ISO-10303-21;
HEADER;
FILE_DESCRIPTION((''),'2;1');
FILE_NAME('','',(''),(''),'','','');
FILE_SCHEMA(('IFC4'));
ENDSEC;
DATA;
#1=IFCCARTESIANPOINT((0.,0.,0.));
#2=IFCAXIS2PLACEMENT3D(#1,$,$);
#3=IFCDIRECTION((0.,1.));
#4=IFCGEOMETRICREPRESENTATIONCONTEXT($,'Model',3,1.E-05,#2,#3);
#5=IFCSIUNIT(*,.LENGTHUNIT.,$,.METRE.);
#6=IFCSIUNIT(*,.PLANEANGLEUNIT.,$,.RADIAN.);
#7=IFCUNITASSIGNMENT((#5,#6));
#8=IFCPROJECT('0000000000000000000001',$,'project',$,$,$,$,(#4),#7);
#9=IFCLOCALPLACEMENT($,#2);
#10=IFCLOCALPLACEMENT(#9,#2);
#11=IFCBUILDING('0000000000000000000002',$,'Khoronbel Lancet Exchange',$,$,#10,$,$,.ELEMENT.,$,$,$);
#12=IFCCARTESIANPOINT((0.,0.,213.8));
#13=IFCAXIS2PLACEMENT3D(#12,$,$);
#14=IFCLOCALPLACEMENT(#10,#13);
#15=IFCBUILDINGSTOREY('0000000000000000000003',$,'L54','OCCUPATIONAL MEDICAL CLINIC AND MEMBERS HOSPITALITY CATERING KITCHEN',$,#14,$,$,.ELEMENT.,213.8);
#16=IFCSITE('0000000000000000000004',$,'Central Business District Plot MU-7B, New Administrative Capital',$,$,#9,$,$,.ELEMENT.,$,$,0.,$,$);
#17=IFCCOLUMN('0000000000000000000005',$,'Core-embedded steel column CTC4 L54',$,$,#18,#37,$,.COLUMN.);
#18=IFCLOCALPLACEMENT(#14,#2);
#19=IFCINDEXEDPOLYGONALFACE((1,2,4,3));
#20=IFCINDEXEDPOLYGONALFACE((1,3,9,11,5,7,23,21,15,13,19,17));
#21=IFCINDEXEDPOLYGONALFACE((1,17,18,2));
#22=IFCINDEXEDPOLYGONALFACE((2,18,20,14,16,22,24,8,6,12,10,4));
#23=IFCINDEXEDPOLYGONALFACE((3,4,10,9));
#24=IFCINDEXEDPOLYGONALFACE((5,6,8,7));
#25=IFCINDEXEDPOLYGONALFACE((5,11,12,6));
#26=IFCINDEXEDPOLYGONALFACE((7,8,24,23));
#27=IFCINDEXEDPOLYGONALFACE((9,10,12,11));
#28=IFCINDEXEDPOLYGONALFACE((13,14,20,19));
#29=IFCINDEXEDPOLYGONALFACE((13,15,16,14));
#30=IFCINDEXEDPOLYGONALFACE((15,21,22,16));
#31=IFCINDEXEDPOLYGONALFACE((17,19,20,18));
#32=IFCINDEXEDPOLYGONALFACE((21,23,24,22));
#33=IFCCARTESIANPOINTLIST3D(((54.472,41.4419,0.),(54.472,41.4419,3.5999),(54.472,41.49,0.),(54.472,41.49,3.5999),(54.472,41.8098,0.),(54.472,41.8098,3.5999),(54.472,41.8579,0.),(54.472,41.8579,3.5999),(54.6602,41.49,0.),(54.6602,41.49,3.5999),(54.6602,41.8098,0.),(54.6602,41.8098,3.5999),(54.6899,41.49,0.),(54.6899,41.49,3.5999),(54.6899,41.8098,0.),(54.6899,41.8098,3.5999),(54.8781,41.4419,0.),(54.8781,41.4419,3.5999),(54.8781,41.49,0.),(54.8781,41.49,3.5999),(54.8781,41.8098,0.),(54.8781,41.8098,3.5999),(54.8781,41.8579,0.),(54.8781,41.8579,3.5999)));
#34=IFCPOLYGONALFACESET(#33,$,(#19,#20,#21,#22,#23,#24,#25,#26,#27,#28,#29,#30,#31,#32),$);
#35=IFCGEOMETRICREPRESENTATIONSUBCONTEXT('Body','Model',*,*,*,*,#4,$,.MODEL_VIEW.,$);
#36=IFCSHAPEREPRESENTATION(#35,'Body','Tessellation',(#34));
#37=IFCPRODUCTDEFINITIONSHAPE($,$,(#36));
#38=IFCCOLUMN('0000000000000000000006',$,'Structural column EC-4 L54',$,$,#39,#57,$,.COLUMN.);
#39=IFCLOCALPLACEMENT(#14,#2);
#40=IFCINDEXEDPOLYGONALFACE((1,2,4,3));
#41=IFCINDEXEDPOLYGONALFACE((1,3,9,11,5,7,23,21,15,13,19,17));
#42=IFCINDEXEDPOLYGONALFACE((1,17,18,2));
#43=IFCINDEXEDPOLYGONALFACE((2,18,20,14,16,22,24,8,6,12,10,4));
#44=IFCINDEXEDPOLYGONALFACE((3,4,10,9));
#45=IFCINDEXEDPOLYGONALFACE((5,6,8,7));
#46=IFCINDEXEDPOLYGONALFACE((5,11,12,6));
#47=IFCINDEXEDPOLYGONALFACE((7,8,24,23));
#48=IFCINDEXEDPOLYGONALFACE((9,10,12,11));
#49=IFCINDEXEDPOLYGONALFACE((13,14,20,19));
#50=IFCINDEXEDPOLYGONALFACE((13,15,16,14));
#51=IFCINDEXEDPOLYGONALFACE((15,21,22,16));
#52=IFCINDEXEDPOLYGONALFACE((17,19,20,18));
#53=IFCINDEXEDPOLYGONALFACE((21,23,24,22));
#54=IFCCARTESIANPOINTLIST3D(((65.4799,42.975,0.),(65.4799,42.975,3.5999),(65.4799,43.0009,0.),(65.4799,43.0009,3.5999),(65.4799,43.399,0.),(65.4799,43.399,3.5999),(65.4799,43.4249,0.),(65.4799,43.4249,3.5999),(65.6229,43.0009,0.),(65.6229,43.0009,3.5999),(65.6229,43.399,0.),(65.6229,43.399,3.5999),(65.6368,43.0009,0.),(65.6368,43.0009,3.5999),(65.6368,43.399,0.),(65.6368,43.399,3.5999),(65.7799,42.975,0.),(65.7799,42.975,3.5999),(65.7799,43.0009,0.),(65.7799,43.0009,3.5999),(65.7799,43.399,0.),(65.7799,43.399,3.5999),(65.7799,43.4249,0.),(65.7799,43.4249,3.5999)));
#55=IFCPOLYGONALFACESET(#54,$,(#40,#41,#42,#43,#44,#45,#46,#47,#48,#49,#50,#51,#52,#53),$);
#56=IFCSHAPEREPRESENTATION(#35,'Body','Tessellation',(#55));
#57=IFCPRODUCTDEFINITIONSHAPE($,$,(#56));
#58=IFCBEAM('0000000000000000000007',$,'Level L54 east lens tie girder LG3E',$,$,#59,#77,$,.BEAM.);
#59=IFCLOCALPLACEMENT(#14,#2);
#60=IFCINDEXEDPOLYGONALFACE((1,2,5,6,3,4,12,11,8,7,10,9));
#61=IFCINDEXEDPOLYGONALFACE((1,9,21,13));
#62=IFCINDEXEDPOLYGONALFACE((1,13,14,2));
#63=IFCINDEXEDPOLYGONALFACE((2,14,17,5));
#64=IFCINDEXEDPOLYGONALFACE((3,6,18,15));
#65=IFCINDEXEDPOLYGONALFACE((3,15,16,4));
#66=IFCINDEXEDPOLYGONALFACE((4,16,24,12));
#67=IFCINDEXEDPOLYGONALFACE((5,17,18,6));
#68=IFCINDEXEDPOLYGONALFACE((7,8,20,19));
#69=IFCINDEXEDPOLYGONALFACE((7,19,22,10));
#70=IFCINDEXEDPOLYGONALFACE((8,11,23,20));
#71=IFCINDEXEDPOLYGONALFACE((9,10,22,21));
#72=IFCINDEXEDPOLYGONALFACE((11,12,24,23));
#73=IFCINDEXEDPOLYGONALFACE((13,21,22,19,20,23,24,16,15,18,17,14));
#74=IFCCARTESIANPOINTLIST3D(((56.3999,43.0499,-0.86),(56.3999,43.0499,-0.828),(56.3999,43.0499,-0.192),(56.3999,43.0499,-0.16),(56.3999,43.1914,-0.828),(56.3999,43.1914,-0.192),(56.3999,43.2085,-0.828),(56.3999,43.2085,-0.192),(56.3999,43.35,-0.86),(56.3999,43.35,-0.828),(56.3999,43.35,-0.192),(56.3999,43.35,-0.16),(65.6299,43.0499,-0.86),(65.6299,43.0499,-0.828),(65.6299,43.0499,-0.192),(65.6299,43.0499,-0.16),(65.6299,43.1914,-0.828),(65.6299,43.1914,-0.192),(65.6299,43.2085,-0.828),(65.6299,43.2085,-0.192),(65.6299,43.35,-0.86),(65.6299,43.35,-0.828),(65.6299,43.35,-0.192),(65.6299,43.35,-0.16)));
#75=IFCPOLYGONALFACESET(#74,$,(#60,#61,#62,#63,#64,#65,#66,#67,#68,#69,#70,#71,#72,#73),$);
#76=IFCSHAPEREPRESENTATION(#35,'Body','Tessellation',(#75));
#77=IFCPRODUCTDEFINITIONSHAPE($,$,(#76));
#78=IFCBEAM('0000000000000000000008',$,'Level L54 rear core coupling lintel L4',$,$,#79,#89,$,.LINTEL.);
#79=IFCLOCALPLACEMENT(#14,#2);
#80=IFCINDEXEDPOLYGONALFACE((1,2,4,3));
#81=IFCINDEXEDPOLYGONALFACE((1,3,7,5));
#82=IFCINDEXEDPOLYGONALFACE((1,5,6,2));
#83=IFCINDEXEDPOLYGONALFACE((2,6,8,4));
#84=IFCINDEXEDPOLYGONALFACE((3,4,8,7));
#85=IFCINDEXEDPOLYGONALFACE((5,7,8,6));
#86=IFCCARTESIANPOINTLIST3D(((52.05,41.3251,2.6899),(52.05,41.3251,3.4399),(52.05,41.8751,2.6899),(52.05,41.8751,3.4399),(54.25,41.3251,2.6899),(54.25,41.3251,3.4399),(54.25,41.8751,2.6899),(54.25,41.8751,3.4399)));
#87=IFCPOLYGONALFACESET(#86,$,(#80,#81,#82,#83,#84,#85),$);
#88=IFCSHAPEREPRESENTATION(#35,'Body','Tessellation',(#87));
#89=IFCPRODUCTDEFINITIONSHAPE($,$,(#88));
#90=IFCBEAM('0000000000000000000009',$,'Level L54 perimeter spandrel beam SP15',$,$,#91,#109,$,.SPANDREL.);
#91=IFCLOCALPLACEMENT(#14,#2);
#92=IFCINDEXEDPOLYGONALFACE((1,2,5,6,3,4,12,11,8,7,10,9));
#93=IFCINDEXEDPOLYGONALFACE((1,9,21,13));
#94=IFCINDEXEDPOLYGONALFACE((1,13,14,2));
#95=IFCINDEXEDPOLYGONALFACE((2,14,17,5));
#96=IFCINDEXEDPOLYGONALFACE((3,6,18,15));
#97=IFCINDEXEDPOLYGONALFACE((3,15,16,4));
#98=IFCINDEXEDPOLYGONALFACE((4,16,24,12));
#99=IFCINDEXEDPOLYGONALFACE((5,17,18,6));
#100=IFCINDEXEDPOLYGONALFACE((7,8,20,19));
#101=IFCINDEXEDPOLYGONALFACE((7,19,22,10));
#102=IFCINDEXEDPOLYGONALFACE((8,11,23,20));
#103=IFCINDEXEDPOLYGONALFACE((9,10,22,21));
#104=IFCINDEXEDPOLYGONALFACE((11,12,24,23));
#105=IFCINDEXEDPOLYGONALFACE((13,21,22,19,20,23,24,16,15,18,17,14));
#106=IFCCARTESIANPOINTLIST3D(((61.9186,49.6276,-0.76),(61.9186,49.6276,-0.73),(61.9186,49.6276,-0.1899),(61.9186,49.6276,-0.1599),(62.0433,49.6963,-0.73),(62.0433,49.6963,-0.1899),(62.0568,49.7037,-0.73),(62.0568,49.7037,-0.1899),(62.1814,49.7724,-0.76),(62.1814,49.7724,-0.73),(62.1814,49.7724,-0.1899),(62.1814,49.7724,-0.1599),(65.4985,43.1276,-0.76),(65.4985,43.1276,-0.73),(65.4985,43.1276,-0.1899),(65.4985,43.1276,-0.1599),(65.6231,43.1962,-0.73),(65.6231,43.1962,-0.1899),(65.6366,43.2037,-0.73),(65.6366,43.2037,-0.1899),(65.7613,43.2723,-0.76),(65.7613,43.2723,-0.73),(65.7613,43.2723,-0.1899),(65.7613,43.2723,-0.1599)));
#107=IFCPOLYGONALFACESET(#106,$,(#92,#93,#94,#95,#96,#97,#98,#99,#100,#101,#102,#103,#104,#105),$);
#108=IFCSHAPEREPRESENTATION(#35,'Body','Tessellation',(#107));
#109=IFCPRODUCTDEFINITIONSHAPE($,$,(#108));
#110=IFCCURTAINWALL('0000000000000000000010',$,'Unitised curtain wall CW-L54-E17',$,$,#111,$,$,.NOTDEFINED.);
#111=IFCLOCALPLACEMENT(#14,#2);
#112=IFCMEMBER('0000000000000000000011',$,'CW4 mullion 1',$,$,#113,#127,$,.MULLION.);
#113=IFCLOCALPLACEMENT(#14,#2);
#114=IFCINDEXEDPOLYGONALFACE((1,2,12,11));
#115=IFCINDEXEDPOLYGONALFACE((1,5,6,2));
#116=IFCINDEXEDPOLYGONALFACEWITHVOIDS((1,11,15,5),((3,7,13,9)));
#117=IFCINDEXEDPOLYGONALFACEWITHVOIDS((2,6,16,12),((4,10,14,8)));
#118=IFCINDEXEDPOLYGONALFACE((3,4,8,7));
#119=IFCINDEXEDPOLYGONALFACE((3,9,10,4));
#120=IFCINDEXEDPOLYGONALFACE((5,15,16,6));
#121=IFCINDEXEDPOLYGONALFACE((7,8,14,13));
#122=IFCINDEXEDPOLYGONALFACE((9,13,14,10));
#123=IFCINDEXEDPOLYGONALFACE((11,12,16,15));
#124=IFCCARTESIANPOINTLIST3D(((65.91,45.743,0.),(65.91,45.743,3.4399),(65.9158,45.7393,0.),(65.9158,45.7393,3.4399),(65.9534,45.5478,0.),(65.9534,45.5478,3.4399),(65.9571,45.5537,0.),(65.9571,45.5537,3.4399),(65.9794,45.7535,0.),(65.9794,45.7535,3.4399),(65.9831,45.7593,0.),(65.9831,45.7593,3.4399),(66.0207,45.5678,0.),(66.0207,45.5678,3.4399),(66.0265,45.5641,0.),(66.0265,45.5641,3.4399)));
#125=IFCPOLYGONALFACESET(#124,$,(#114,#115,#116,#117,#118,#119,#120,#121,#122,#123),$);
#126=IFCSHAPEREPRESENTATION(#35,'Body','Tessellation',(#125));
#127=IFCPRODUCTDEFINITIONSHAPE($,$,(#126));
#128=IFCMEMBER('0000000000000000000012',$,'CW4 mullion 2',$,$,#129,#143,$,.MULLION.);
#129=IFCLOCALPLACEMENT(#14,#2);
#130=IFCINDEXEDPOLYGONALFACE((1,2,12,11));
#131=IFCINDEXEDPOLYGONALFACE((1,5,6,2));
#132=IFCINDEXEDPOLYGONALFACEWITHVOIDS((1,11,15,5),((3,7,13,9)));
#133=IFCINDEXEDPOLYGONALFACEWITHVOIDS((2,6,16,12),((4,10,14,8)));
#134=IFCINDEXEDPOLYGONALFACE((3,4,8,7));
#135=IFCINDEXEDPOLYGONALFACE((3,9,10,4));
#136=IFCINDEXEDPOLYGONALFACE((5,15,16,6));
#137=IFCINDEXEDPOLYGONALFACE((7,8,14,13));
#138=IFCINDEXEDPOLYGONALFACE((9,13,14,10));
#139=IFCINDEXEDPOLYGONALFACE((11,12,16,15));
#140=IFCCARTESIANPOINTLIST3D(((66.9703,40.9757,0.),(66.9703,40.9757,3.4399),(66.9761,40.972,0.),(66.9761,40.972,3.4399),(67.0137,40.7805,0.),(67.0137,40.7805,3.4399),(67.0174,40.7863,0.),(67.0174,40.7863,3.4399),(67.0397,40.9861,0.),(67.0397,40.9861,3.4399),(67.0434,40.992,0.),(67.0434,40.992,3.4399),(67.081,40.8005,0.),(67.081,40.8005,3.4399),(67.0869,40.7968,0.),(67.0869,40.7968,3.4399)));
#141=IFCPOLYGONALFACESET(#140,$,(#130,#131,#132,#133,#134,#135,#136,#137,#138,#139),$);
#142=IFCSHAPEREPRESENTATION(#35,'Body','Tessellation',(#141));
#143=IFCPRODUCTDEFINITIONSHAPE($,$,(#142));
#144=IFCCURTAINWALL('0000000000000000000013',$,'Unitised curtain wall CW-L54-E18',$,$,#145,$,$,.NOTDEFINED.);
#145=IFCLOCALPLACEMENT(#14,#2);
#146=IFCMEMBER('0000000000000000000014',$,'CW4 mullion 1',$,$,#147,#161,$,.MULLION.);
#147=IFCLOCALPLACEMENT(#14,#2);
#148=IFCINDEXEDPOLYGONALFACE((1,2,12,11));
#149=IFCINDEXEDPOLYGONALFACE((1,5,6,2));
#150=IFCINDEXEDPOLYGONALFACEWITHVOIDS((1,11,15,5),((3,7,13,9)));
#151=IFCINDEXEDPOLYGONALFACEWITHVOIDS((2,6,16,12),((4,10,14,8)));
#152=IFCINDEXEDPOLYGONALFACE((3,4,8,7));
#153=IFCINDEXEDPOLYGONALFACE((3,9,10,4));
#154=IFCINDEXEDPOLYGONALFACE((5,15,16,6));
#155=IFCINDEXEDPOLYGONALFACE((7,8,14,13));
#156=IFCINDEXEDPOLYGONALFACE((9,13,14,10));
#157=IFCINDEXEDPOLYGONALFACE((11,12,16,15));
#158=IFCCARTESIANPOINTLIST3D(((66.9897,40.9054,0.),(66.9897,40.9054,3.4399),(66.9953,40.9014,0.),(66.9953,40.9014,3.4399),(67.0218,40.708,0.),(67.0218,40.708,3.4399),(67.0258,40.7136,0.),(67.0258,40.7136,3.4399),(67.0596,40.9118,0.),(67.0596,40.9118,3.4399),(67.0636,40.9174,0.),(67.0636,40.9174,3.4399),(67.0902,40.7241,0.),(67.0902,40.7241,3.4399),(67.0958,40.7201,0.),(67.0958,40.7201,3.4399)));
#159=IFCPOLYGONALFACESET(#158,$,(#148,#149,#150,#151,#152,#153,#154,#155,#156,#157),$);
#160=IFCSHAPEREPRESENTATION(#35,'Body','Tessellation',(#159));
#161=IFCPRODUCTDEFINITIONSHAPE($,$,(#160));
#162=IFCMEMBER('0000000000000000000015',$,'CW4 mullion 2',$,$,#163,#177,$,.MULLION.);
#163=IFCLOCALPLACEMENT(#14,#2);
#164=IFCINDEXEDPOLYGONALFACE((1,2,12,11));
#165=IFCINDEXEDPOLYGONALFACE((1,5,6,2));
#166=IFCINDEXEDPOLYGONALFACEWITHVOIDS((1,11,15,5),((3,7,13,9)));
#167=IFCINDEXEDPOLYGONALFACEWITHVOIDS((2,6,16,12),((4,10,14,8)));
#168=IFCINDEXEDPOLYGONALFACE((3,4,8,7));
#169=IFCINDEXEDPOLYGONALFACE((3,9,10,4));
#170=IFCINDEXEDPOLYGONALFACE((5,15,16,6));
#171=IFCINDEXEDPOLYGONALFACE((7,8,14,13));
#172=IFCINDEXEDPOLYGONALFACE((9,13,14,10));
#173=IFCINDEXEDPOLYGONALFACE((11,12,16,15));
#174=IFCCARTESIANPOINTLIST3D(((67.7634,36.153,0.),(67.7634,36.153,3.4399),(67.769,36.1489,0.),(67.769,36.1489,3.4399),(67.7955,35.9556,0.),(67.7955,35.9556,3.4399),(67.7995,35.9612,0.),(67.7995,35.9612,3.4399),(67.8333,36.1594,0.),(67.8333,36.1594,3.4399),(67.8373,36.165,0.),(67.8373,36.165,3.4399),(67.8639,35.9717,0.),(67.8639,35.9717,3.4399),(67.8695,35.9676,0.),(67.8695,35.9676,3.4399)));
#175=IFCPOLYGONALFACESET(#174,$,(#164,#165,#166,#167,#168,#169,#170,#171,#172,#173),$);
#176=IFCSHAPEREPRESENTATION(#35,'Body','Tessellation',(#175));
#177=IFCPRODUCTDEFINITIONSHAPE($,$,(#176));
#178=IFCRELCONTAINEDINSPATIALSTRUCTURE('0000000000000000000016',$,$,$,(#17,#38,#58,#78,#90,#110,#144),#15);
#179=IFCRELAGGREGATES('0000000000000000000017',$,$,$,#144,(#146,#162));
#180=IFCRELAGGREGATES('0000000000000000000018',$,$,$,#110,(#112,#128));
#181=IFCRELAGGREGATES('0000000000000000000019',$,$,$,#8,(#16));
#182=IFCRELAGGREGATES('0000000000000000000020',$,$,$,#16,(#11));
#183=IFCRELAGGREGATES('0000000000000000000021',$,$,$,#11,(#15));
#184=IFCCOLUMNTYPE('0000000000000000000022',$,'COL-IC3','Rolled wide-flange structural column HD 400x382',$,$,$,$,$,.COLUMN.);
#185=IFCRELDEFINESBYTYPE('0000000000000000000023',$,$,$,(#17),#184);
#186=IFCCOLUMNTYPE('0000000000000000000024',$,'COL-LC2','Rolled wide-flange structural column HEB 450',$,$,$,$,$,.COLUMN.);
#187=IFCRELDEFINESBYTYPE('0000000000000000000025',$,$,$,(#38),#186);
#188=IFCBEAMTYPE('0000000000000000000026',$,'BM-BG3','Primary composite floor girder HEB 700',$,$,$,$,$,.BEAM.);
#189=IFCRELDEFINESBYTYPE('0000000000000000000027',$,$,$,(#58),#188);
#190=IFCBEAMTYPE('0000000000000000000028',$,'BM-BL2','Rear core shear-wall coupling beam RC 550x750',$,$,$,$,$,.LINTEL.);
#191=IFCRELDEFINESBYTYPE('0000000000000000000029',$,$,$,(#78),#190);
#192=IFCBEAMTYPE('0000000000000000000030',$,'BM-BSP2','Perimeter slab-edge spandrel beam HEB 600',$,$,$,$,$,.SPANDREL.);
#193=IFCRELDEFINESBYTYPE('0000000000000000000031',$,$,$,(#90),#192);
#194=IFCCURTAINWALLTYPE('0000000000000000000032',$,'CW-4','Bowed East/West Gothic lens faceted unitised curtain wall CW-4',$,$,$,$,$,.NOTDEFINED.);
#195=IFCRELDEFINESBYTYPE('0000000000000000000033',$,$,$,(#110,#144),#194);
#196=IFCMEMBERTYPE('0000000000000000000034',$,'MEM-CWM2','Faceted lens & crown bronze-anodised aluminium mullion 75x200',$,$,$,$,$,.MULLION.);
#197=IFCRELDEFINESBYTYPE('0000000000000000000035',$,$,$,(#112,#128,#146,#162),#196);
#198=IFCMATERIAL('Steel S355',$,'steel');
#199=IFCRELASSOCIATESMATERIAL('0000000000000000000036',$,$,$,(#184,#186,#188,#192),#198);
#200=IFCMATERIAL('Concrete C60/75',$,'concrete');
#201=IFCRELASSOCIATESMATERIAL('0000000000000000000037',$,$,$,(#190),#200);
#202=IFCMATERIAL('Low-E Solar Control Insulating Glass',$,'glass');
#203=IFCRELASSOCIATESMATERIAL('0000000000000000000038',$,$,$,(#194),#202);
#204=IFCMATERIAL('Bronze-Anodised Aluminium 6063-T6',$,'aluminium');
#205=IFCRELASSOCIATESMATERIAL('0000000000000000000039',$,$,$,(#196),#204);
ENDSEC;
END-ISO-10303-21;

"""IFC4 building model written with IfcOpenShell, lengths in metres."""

from ifc_helpers import new_model, si_unit, direction, frame, origin, origin_2d, place, context, subcontext, project, spatial, rectangle, hollow_rectangle, i_section, extrude, material, material_profile, profile_set, type_object, element, aggregate, save


model = new_model("IFC4")

# Units and contexts
model_context = context("Model", 3, precision=1e-05, world=origin(), true_north=direction((0.0, 1.0)))
body_context = subcontext(model_context, "Body", "Model", "MODEL_VIEW")
ifc_project = project(units=[si_unit("LENGTHUNIT", "METRE"), si_unit("PLANEANGLEUNIT", "RADIAN")], contexts=[model_context])

# Site, building, storey
site_placement = place(None, origin())
site = spatial("IfcSite", under=ifc_project, at=site_placement, Name="Central Business District Plot MU-7B, New Administrative Capital", CompositionType="ELEMENT", RefElevation=0.0)
building_placement = place(site_placement, origin())
building = spatial("IfcBuilding", under=site, at=building_placement, Name="Khoronbel Lancet Exchange", CompositionType="ELEMENT")
storey_placement = place(building_placement, frame((0.0, 0.0, 213.8)))
storey = spatial("IfcBuildingStorey", under=building, at=storey_placement, Name="L54", Description="OCCUPATIONAL MEDICAL CLINIC AND MEMBERS HOSPITALITY CATERING KITCHEN", CompositionType="ELEMENT", Elevation=213.8)

# Columns
ifc_material_1 = material(Name="Steel S355", Category="steel")
ifc_material_profile_1 = material_profile(ifc_material_1, i_section(OverallWidth=0.406, OverallDepth=0.416, WebThickness=0.0298, FlangeThickness=0.0481, at=origin_2d()), Name="HD 400x382")
ifc_profile_set_1 = profile_set([ifc_material_profile_1], Name="Steel S355")
column_type_1 = type_object("IfcColumnType", Name="COL-IC3", Description="Rolled wide-flange structural column HD 400x382", PredefinedType="COLUMN", material=ifc_profile_set_1)
column_1_placement = place(storey_placement, frame((54.675, 41.6499, 0.0), z_axis=(0.0, 0.0, 1.0), x_axis=(1.0, 0.0, 0.0)))
element("IfcColumn", 1, at=column_1_placement, inside=storey, type_object=column_type_1, Name="Core-embedded steel column CTC4 L54", PredefinedType="COLUMN", context=body_context, shape_type="SweptSolid", body=[
    extrude(i_section(OverallWidth=0.406, OverallDepth=0.416, WebThickness=0.0298, FlangeThickness=0.0481, at=origin_2d()), origin(), (0.0, 0.0, 1.0), 3.5999),
])
ifc_material_profile_2 = material_profile(ifc_material_1, i_section(OverallWidth=0.3, OverallDepth=0.45, WebThickness=0.0139, FlangeThickness=0.0259, at=origin_2d()), Name="HEB 450")
ifc_profile_set_2 = profile_set([ifc_material_profile_2], Name="Steel S355")
column_type_2 = type_object("IfcColumnType", Name="COL-LC2", Description="Rolled wide-flange structural column HEB 450", PredefinedType="COLUMN", material=ifc_profile_set_2)
column_2_placement = place(storey_placement, frame((65.6299, 43.2, 0.0), z_axis=(0.0, 0.0, 1.0), x_axis=(1.0, 0.0, 0.0)))
element("IfcColumn", 2, at=column_2_placement, inside=storey, type_object=column_type_2, Name="Structural column EC-4 L54", PredefinedType="COLUMN", context=body_context, shape_type="SweptSolid", body=[
    extrude(i_section(OverallWidth=0.3, OverallDepth=0.45, WebThickness=0.0139, FlangeThickness=0.0259, at=origin_2d()), origin(), (0.0, 0.0, 1.0), 3.5999),
])

# Beams
ifc_material_profile_3 = material_profile(ifc_material_1, i_section(OverallWidth=0.3, OverallDepth=0.7, WebThickness=0.0171, FlangeThickness=0.032, at=origin_2d()), Name="HEB 700")
ifc_profile_set_3 = profile_set([ifc_material_profile_3], Name="Steel S355")
beam_type_1 = type_object("IfcBeamType", Name="BM-BG3", Description="Primary composite floor girder HEB 700", PredefinedType="BEAM", material=ifc_profile_set_3)
beam_1_placement = place(storey_placement, frame((56.3999, 43.2, -0.51), z_axis=(1.0, 0.0, 0.0), x_axis=(0.0, 1.0, 0.0)))
element("IfcBeam", 3, at=beam_1_placement, inside=storey, type_object=beam_type_1, Name="Level L54 east lens tie girder LG3E", PredefinedType="BEAM", context=body_context, shape_type="SweptSolid", body=[
    extrude(i_section(OverallWidth=0.3, OverallDepth=0.7, WebThickness=0.0171, FlangeThickness=0.032, at=origin_2d()), origin(), (0.0, 0.0, 1.0), 9.23),
])
ifc_material_2 = material(Name="Concrete C60/75", Category="concrete")
ifc_material_profile_4 = material_profile(ifc_material_2, rectangle(XDim=0.55, YDim=0.75, at=origin_2d()), Name="RC 550x750")
ifc_profile_set_4 = profile_set([ifc_material_profile_4], Name="Concrete C60/75")
beam_type_2 = type_object("IfcBeamType", Name="BM-BL2", Description="Rear core shear-wall coupling beam RC 550x750", PredefinedType="LINTEL", material=ifc_profile_set_4)
beam_2_placement = place(storey_placement, frame((52.05, 41.6001, 3.0649), z_axis=(1.0, 0.0, 0.0), x_axis=(0.0, 1.0, 0.0)))
element("IfcBeam", 4, at=beam_2_placement, inside=storey, type_object=beam_type_2, Name="Level L54 rear core coupling lintel L4", PredefinedType="LINTEL", context=body_context, shape_type="SweptSolid", body=[
    extrude(rectangle(XDim=0.55, YDim=0.75, at=origin_2d()), origin(), (0.0, 0.0, 1.0), 2.2),
])
ifc_material_profile_5 = material_profile(ifc_material_1, i_section(OverallWidth=0.3, OverallDepth=0.6001, WebThickness=0.0154, FlangeThickness=0.03, at=origin_2d()), Name="HEB 600")
ifc_profile_set_5 = profile_set([ifc_material_profile_5], Name="Steel S355")
beam_type_3 = type_object("IfcBeamType", Name="BM-BSP2", Description="Perimeter slab-edge spandrel beam HEB 600", PredefinedType="SPANDREL", material=ifc_profile_set_5)
beam_3_placement = place(storey_placement, frame((65.6299, 43.2, -0.46), z_axis=(-0.482419, 0.875941, 0.0), x_axis=(-0.875941, -0.482419, 0.0)))
element("IfcBeam", 5, at=beam_3_placement, inside=storey, type_object=beam_type_3, Name="Level L54 perimeter spandrel beam SP15", PredefinedType="SPANDREL", context=body_context, shape_type="SweptSolid", body=[
    extrude(i_section(OverallWidth=0.3, OverallDepth=0.6001, WebThickness=0.0154, FlangeThickness=0.03, at=origin_2d()), origin(), (0.0, 0.0, 1.0), 7.4207),
])

# Curtain walls, members
ifc_material_3 = material(Name="Low-E Solar Control Insulating Glass", Category="glass")
curtain_wall_type = type_object("IfcCurtainWallType", Name="CW-4", Description="Bowed East/West Gothic lens faceted unitised curtain wall CW-4", PredefinedType="NOTDEFINED", material=ifc_material_3)
curtain_wall_1_placement = place(storey_placement, origin())
curtain_wall_1 = element("IfcCurtainWall", 6, at=curtain_wall_1_placement, inside=storey, type_object=curtain_wall_type, Name="Unitised curtain wall CW-L54-E17", PredefinedType="NOTDEFINED")
ifc_material_4 = material(Name="Bronze-Anodised Aluminium 6063-T6", Category="aluminium")
ifc_material_profile_6 = material_profile(ifc_material_4, hollow_rectangle(XDim=0.075, YDim=0.2, WallThickness=0.0049, at=origin_2d()), Name="ALU MULLION 75x200")
ifc_profile_set_6 = profile_set([ifc_material_profile_6], Name="Bronze-Anodised Aluminium 6063-T6")
member_type_1 = type_object("IfcMemberType", Name="MEM-CWM2", Description="Faceted lens & crown bronze-anodised aluminium mullion 75x200", PredefinedType="MULLION", material=ifc_profile_set_6)
member_1_placement = place(storey_placement, frame((65.9683, 45.6536, 0.0), z_axis=(0.0, 0.0, 1.0), x_axis=(0.976146, 0.217114, 0.0)))
member_1 = element("IfcMember", 7, at=member_1_placement, type_object=member_type_1, Name="CW4 mullion 1", PredefinedType="MULLION", context=body_context, shape_type="SweptSolid", body=[
    extrude(hollow_rectangle(XDim=0.075, YDim=0.2, WallThickness=0.0049, at=origin_2d()), origin(), (0.0, 0.0, 1.0), 3.4399),
])
member_2_placement = place(storey_placement, frame((67.0286, 40.8862, 0.0), z_axis=(0.0, 0.0, 1.0), x_axis=(0.976146, 0.217114, 0.0)))
member_2 = element("IfcMember", 8, at=member_2_placement, type_object=member_type_1, Name="CW4 mullion 2", PredefinedType="MULLION", context=body_context, shape_type="SweptSolid", body=[
    extrude(hollow_rectangle(XDim=0.075, YDim=0.2, WallThickness=0.0049, at=origin_2d()), origin(), (0.0, 0.0, 1.0), 3.4399),
])
curtain_wall_2_placement = place(storey_placement, origin())
curtain_wall_2 = element("IfcCurtainWall", 9, at=curtain_wall_2_placement, inside=storey, type_object=curtain_wall_type, Name="Unitised curtain wall CW-L54-E18", PredefinedType="NOTDEFINED")
member_3_placement = place(storey_placement, frame((67.0427, 40.8127, 0.0), z_axis=(0.0, 0.0, 1.0), x_axis=(0.987003, 0.1607, 0.0)))
member_3 = element("IfcMember", 10, at=member_3_placement, type_object=member_type_1, Name="CW4 mullion 1", PredefinedType="MULLION", context=body_context, shape_type="SweptSolid", body=[
    extrude(hollow_rectangle(XDim=0.075, YDim=0.2, WallThickness=0.0049, at=origin_2d()), origin(), (0.0, 0.0, 1.0), 3.4399),
])
member_4_placement = place(storey_placement, frame((67.8164, 36.0603, 0.0), z_axis=(0.0, 0.0, 1.0), x_axis=(0.987003, 0.1607, 0.0)))
member_4 = element("IfcMember", 11, at=member_4_placement, type_object=member_type_1, Name="CW4 mullion 2", PredefinedType="MULLION", context=body_context, shape_type="SweptSolid", body=[
    extrude(hollow_rectangle(XDim=0.075, YDim=0.2, WallThickness=0.0049, at=origin_2d()), origin(), (0.0, 0.0, 1.0), 3.4399),
])

aggregate(curtain_wall_2, [member_3, member_4])
aggregate(curtain_wall_1, [member_1, member_2])

save(model, "model.ifc")
